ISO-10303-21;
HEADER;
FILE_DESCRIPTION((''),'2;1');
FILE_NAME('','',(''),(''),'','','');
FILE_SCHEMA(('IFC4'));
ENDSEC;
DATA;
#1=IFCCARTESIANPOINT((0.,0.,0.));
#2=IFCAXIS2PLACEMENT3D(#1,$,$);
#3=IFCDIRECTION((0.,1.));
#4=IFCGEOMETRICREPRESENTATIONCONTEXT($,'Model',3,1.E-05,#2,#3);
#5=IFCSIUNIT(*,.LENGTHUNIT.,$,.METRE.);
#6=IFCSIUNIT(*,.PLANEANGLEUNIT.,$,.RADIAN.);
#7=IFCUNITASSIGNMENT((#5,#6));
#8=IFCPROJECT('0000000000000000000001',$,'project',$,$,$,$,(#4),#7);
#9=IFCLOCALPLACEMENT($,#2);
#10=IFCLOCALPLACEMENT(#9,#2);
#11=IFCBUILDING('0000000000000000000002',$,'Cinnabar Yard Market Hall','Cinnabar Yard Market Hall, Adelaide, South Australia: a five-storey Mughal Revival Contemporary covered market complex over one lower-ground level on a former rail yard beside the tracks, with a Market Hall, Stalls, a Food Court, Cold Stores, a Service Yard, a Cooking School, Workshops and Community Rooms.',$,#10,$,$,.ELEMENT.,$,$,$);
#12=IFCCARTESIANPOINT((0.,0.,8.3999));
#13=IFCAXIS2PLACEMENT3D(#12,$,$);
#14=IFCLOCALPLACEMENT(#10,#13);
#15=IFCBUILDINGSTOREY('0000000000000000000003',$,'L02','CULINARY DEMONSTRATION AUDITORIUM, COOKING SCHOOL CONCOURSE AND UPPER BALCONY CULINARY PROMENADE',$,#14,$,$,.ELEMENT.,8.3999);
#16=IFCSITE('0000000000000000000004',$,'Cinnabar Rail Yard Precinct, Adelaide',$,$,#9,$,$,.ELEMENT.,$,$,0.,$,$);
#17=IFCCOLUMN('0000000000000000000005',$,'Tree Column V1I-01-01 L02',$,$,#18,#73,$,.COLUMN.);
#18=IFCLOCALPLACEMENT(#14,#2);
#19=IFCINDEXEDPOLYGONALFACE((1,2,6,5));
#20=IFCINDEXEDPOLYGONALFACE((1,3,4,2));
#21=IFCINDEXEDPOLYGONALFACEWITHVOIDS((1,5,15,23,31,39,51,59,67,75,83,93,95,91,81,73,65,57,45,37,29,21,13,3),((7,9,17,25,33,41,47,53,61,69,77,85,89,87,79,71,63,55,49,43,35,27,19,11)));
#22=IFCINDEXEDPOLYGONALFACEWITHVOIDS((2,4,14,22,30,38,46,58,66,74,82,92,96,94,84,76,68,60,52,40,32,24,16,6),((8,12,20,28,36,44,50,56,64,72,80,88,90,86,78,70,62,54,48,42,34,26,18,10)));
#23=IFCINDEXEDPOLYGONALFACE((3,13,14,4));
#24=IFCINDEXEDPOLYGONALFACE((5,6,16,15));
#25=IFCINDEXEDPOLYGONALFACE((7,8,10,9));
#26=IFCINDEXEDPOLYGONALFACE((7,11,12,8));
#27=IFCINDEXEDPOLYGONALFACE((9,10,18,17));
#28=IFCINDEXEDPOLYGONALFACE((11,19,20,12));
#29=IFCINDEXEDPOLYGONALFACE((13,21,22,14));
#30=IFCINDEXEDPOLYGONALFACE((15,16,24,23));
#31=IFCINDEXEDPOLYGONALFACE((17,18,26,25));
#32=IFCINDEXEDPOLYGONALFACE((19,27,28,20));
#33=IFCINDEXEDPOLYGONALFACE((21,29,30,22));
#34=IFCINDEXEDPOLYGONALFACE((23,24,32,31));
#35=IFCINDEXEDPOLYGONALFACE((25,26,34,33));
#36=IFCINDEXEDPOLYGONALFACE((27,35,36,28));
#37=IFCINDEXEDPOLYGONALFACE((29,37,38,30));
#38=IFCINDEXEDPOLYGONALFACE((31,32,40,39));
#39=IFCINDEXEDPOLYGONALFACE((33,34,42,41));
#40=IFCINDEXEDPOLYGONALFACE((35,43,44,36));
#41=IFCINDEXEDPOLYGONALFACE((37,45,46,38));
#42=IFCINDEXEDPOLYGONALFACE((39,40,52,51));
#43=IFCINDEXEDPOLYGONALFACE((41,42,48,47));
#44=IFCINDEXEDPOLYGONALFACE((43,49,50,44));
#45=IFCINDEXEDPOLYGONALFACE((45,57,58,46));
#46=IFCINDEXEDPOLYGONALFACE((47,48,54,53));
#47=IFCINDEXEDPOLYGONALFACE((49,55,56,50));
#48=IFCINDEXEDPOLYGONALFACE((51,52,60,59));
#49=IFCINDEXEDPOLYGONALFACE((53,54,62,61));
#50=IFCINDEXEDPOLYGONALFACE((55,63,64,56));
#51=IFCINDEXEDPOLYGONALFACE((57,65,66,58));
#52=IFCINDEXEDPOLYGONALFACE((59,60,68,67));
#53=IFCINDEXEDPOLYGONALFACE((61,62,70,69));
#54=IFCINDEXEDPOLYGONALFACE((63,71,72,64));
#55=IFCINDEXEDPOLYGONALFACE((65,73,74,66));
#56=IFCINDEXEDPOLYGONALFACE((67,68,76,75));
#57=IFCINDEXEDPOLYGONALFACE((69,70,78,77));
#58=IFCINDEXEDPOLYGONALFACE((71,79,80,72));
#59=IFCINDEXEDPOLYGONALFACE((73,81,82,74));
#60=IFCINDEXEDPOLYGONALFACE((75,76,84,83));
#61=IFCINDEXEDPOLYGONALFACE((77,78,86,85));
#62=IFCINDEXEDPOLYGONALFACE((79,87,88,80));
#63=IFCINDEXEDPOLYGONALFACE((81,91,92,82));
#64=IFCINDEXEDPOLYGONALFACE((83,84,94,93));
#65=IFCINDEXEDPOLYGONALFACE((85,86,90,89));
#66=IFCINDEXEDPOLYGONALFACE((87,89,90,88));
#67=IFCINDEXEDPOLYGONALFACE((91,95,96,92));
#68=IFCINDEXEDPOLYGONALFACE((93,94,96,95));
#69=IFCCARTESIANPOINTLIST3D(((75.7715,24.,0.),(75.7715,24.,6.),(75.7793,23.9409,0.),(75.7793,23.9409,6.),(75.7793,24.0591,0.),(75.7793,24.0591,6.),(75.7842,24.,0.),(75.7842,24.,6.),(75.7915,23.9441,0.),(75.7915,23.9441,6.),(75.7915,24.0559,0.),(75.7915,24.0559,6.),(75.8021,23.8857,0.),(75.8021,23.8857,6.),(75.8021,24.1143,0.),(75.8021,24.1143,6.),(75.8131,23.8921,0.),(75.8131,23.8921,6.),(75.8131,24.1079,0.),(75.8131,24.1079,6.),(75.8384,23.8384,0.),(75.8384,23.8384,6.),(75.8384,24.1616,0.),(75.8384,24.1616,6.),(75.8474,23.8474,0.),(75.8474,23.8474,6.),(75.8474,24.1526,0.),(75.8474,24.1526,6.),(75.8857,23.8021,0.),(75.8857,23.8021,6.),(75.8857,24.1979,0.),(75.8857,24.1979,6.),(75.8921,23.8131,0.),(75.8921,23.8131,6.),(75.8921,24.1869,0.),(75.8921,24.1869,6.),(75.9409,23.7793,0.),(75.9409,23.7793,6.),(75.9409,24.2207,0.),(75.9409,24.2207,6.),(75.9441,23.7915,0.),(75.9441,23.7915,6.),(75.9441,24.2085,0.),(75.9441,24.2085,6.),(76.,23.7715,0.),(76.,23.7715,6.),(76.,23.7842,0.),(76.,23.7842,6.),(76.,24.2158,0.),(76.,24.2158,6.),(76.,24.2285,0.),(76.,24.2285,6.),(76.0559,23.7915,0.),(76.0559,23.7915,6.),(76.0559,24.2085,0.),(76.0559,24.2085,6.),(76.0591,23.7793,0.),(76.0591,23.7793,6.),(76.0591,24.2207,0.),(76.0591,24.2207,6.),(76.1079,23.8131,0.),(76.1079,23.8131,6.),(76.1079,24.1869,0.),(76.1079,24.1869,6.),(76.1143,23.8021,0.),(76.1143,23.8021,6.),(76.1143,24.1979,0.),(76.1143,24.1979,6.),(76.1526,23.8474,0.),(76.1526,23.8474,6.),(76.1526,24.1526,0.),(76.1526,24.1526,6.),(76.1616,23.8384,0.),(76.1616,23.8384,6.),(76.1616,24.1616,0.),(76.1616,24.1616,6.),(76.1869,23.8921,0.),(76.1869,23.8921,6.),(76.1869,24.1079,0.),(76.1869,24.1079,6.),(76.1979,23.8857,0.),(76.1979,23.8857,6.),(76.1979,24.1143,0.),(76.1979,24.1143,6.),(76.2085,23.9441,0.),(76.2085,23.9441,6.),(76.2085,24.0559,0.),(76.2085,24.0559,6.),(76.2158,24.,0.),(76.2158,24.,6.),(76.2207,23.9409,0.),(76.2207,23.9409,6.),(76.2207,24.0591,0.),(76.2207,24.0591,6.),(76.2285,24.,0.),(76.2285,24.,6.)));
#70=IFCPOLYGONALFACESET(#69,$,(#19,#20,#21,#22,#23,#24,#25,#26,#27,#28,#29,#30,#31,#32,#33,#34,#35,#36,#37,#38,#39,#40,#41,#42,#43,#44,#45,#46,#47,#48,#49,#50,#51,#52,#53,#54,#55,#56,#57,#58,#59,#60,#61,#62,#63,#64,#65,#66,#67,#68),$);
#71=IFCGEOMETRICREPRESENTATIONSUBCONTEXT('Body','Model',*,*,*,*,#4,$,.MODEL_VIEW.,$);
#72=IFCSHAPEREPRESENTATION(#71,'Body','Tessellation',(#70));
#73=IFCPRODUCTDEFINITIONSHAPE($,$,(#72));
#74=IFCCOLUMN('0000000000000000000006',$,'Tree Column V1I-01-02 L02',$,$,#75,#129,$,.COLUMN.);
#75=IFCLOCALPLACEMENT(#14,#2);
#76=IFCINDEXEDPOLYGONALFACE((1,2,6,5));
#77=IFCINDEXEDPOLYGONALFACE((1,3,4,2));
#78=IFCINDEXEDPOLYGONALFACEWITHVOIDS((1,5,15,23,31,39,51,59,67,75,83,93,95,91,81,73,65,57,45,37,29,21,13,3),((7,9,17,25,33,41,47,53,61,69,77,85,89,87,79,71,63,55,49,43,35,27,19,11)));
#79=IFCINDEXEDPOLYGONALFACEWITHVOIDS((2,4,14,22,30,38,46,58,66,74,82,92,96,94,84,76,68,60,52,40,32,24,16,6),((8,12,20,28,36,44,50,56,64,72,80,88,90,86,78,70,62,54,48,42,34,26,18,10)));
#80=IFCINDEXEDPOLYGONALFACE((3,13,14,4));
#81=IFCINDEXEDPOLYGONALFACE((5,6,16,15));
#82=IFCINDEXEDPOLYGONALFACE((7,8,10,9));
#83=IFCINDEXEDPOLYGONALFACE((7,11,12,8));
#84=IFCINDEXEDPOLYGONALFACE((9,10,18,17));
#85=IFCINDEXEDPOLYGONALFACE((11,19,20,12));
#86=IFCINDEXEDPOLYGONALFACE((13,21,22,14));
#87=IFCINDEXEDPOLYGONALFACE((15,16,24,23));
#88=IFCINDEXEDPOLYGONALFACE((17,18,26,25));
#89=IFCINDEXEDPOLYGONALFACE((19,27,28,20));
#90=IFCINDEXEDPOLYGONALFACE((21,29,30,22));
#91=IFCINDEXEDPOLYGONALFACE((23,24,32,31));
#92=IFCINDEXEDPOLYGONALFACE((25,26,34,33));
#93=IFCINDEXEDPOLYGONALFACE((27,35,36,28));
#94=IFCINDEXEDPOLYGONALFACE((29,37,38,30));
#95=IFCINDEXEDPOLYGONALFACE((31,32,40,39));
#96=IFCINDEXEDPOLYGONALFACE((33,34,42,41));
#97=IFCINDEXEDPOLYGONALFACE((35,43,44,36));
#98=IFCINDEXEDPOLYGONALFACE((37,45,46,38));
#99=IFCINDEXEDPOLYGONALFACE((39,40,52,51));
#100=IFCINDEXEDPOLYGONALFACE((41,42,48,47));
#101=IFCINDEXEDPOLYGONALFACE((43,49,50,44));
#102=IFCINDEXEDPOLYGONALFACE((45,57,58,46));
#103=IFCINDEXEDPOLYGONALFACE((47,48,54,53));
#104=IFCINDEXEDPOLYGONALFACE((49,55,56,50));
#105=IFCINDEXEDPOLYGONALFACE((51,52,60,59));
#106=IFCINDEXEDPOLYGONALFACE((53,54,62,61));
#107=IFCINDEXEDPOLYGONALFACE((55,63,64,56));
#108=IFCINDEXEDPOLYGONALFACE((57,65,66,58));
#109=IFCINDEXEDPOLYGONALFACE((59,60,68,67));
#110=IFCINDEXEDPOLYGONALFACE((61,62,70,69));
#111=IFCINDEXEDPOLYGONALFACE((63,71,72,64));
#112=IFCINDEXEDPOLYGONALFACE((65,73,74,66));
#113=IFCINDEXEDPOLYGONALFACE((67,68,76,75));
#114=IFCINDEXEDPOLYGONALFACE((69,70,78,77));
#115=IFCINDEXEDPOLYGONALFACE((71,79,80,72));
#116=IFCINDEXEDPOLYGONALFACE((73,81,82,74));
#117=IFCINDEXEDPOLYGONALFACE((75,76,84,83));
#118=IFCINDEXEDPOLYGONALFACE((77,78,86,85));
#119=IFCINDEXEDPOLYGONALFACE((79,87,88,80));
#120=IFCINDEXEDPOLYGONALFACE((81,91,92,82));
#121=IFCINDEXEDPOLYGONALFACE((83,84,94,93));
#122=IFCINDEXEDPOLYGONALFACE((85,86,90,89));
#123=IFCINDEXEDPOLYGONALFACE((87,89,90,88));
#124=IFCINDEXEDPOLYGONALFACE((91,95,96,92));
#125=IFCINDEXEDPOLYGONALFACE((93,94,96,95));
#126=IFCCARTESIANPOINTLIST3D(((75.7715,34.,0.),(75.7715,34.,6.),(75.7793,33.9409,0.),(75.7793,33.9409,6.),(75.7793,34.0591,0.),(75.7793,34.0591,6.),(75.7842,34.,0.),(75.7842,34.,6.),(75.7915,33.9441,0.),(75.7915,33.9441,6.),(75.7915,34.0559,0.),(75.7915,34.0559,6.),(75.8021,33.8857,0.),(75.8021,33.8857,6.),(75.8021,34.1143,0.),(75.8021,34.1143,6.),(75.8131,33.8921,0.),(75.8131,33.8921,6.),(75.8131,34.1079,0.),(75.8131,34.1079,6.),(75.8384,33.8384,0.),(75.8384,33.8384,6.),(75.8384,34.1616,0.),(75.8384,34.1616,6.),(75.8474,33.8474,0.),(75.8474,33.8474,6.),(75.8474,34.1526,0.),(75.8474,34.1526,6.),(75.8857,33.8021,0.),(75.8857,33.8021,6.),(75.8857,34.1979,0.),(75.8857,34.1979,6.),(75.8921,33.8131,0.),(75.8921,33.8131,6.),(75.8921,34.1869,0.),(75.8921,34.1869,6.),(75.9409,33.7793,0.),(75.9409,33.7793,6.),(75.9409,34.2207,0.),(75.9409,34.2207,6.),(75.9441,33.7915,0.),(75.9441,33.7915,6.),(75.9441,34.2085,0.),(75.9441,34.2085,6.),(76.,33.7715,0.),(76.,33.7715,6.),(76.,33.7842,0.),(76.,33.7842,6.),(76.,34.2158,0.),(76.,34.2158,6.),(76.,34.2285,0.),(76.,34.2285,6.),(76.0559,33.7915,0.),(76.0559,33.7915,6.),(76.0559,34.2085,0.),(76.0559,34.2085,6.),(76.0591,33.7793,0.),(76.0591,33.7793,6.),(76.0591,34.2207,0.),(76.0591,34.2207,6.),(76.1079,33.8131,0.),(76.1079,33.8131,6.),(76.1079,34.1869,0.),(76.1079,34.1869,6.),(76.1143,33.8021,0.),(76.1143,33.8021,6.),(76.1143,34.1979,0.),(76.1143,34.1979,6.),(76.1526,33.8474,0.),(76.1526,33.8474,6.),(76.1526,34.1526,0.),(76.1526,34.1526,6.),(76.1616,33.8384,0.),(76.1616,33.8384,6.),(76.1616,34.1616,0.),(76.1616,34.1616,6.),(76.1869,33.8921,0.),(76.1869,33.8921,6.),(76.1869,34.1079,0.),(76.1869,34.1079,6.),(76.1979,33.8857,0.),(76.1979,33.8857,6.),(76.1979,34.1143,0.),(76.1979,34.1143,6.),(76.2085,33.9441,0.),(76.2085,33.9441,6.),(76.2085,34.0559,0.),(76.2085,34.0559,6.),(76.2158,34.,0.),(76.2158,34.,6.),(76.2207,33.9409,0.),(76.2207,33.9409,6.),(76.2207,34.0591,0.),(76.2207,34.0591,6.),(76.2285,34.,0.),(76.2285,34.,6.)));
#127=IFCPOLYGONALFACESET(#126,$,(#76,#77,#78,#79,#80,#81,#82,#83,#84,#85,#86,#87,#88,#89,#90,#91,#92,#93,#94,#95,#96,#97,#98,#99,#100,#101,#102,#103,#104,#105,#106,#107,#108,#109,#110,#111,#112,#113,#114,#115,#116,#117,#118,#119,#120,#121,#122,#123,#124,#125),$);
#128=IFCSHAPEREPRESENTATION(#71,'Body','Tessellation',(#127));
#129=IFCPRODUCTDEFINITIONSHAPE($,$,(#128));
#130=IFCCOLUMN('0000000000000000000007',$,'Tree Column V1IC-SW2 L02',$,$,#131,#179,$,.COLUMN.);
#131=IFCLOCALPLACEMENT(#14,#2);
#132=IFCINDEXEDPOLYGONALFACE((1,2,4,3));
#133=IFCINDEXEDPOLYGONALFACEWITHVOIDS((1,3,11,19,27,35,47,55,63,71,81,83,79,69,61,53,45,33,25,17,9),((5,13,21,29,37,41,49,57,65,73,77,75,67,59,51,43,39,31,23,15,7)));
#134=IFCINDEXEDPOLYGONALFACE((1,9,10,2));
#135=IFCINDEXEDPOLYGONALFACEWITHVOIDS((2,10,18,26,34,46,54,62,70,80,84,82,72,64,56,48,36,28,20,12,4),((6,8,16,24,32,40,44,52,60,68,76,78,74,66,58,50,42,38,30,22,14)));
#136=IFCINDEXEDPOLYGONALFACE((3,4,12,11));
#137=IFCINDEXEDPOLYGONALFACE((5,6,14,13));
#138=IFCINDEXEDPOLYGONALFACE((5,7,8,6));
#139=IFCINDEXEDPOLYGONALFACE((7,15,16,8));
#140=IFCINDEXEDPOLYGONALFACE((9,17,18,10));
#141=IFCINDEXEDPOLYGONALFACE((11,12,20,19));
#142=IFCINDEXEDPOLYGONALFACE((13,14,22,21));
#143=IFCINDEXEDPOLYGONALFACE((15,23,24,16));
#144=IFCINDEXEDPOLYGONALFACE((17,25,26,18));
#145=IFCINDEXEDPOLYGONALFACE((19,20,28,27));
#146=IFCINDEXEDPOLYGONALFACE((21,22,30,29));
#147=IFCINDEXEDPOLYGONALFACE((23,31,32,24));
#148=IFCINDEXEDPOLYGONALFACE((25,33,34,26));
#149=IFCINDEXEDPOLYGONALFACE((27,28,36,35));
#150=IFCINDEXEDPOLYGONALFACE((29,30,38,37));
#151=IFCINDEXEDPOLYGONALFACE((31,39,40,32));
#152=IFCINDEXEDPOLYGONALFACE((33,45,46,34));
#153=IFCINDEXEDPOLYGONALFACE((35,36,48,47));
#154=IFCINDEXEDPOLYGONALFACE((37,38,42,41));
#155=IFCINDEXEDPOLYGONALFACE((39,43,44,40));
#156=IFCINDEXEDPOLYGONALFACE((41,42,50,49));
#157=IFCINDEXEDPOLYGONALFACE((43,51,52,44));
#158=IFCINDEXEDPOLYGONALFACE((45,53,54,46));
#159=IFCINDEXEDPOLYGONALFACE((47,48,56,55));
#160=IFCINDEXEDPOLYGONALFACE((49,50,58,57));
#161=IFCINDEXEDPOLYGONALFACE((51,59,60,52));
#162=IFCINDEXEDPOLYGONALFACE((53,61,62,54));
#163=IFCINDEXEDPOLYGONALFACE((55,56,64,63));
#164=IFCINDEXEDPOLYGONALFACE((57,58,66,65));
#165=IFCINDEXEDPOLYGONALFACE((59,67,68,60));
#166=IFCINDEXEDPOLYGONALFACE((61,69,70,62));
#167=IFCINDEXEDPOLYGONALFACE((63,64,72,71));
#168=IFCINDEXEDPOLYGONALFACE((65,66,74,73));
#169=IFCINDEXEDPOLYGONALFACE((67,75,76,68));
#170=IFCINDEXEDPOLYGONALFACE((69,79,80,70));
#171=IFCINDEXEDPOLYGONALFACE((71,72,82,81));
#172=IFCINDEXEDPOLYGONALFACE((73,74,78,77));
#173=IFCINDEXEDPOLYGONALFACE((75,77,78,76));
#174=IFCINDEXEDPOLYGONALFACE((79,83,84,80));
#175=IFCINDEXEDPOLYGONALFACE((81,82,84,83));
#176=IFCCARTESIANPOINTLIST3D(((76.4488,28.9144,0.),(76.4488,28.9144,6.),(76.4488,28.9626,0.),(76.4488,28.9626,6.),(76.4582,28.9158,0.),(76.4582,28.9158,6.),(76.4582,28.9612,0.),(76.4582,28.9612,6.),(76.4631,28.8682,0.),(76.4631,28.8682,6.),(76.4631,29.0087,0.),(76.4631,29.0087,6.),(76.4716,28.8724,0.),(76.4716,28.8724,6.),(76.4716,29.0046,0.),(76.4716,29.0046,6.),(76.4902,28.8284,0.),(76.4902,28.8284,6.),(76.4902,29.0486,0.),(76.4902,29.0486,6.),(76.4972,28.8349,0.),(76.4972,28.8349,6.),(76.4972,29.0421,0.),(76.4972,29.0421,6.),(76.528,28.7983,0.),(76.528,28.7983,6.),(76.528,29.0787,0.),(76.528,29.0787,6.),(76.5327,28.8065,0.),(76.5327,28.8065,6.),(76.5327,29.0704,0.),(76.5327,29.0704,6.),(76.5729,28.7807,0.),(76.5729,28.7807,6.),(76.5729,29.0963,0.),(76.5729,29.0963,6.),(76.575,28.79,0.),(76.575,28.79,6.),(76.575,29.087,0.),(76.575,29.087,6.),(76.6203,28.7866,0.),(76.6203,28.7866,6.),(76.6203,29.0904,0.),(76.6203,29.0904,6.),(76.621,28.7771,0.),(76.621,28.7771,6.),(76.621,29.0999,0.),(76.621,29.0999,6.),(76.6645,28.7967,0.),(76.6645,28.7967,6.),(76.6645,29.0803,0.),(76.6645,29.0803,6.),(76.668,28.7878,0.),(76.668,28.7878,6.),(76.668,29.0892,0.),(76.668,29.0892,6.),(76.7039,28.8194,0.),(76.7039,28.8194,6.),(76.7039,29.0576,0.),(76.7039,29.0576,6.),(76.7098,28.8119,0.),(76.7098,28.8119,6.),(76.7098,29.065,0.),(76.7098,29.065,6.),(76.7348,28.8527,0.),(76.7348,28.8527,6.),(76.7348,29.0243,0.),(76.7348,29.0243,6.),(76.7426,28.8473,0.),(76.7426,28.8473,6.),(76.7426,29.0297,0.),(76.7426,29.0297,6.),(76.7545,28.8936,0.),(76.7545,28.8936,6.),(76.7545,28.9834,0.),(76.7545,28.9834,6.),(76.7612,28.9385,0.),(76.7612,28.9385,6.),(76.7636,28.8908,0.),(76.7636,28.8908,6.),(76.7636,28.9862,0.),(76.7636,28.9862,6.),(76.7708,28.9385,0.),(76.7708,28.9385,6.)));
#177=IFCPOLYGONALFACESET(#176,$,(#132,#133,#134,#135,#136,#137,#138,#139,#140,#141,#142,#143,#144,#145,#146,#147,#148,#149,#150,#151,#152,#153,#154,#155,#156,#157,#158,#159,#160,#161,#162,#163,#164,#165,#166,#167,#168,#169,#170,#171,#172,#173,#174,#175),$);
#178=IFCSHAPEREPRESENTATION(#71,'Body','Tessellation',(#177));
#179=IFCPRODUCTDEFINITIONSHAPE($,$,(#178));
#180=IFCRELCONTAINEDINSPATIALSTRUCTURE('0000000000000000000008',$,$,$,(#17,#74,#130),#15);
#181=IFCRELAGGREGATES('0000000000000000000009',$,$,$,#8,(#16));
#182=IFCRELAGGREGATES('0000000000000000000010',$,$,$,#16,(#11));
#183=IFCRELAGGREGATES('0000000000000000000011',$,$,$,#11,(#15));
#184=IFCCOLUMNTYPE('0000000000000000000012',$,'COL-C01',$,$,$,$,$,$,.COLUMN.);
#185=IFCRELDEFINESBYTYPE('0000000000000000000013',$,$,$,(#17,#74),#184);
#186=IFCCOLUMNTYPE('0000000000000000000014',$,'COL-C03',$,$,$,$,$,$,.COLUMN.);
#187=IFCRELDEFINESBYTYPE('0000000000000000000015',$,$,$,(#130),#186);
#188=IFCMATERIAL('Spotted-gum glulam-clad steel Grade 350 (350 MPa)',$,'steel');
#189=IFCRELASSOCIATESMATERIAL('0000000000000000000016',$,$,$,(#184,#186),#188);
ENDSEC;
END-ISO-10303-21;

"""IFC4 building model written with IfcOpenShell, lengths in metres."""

from ifc_helpers import new_model, si_unit, direction, frame, origin, origin_2d_with_axis, place, context, subcontext, project, spatial, hollow_circle, extrude, material, material_profile, profile_set, type_object, element, save


model = new_model("IFC4")

# Units and contexts
model_context = context("Model", 3, precision=1e-05, world=origin(), true_north=direction((0.0, 1.0)))
body_context = subcontext(model_context, "Body", "Model", "MODEL_VIEW")
ifc_project = project(units=[si_unit("LENGTHUNIT", "METRE"), si_unit("PLANEANGLEUNIT", "RADIAN")], contexts=[model_context])

# Site, building, storey
site_placement = place(None, origin())
site = spatial("IfcSite", under=ifc_project, at=site_placement, Name="Cinnabar Rail Yard Precinct, Adelaide", CompositionType="ELEMENT", RefElevation=0.0)
building_placement = place(site_placement, origin())
building = spatial("IfcBuilding", under=site, at=building_placement, Name="Cinnabar Yard Market Hall", Description="Cinnabar Yard Market Hall, Adelaide, South Australia: a five-storey Mughal Revival Contemporary covered market complex over one lower-ground level on a former rail yard beside the tracks, with a Market Hall, Stalls, a Food Court, Cold Stores, a Service Yard, a Cooking School, Workshops and Community Rooms.", CompositionType="ELEMENT")
storey_placement = place(building_placement, frame((0.0, 0.0, 8.3999)))
storey = spatial("IfcBuildingStorey", under=building, at=storey_placement, Name="L02", Description="CULINARY DEMONSTRATION AUDITORIUM, COOKING SCHOOL CONCOURSE AND UPPER BALCONY CULINARY PROMENADE", CompositionType="ELEMENT", Elevation=8.3999)

# Columns
ifc_material_1 = material(Name="Spotted-gum glulam-clad steel Grade 350 (350 MPa)", Category="steel")
ifc_material_profile_1 = material_profile(ifc_material_1, hollow_circle(Radius=0.2285, WallThickness=0.0127, at=origin_2d_with_axis()), Name="457.0x12.7CHS")
ifc_profile_set_1 = profile_set([ifc_material_profile_1], Name="Spotted-gum glulam-clad steel Grade 350 (350 MPa)")
column_type_1 = type_object("IfcColumnType", Name="COL-C01", PredefinedType="COLUMN", material=ifc_profile_set_1)
for number, where, z_axis, x_axis, name in (
    (1, (76.0, 24.0, 0.0), (0.0, 0.0, 1.0), (1.0, 0.0, 0.0), "Tree Column V1I-01-01 L02"),
    (2, (76.0, 34.0, 0.0), (0.0, 0.0, 1.0), (1.0, 0.0, 0.0), "Tree Column V1I-01-02 L02"),
):
    element("IfcColumn", number, at=place(storey_placement, frame(where, z_axis=z_axis, x_axis=x_axis)), inside=storey, type_object=column_type_1, Name=name, PredefinedType="COLUMN", context=body_context, shape_type="SweptSolid", body=[
        extrude(hollow_circle(Radius=0.2285, WallThickness=0.0127, at=origin_2d_with_axis()), origin(), (0.0, 0.0, 1.0), 6.0),
    ])
ifc_material_profile_2 = material_profile(ifc_material_1, hollow_circle(Radius=0.1619, WallThickness=0.0095, at=origin_2d_with_axis()), Name="323.9x9.5CHS")
ifc_profile_set_2 = profile_set([ifc_material_profile_2], Name="Spotted-gum glulam-clad steel Grade 350 (350 MPa)")
column_type_2 = type_object("IfcColumnType", Name="COL-C03", PredefinedType="COLUMN", material=ifc_profile_set_2)
for number, where, z_axis, x_axis, name in (
    (3, (76.6089, 28.9385, 0.0), (0.0, 0.0, 1.0), (1.0, 0.0, 0.0), "Tree Column V1IC-SW2 L02"),
):
    element("IfcColumn", number, at=place(storey_placement, frame(where, z_axis=z_axis, x_axis=x_axis)), inside=storey, type_object=column_type_2, Name=name, PredefinedType="COLUMN", context=body_context, shape_type="SweptSolid", body=[
        extrude(hollow_circle(Radius=0.1619, WallThickness=0.0095, at=origin_2d_with_axis()), origin(), (0.0, 0.0, 1.0), 6.0),
    ])

save(model, "model.ifc")
